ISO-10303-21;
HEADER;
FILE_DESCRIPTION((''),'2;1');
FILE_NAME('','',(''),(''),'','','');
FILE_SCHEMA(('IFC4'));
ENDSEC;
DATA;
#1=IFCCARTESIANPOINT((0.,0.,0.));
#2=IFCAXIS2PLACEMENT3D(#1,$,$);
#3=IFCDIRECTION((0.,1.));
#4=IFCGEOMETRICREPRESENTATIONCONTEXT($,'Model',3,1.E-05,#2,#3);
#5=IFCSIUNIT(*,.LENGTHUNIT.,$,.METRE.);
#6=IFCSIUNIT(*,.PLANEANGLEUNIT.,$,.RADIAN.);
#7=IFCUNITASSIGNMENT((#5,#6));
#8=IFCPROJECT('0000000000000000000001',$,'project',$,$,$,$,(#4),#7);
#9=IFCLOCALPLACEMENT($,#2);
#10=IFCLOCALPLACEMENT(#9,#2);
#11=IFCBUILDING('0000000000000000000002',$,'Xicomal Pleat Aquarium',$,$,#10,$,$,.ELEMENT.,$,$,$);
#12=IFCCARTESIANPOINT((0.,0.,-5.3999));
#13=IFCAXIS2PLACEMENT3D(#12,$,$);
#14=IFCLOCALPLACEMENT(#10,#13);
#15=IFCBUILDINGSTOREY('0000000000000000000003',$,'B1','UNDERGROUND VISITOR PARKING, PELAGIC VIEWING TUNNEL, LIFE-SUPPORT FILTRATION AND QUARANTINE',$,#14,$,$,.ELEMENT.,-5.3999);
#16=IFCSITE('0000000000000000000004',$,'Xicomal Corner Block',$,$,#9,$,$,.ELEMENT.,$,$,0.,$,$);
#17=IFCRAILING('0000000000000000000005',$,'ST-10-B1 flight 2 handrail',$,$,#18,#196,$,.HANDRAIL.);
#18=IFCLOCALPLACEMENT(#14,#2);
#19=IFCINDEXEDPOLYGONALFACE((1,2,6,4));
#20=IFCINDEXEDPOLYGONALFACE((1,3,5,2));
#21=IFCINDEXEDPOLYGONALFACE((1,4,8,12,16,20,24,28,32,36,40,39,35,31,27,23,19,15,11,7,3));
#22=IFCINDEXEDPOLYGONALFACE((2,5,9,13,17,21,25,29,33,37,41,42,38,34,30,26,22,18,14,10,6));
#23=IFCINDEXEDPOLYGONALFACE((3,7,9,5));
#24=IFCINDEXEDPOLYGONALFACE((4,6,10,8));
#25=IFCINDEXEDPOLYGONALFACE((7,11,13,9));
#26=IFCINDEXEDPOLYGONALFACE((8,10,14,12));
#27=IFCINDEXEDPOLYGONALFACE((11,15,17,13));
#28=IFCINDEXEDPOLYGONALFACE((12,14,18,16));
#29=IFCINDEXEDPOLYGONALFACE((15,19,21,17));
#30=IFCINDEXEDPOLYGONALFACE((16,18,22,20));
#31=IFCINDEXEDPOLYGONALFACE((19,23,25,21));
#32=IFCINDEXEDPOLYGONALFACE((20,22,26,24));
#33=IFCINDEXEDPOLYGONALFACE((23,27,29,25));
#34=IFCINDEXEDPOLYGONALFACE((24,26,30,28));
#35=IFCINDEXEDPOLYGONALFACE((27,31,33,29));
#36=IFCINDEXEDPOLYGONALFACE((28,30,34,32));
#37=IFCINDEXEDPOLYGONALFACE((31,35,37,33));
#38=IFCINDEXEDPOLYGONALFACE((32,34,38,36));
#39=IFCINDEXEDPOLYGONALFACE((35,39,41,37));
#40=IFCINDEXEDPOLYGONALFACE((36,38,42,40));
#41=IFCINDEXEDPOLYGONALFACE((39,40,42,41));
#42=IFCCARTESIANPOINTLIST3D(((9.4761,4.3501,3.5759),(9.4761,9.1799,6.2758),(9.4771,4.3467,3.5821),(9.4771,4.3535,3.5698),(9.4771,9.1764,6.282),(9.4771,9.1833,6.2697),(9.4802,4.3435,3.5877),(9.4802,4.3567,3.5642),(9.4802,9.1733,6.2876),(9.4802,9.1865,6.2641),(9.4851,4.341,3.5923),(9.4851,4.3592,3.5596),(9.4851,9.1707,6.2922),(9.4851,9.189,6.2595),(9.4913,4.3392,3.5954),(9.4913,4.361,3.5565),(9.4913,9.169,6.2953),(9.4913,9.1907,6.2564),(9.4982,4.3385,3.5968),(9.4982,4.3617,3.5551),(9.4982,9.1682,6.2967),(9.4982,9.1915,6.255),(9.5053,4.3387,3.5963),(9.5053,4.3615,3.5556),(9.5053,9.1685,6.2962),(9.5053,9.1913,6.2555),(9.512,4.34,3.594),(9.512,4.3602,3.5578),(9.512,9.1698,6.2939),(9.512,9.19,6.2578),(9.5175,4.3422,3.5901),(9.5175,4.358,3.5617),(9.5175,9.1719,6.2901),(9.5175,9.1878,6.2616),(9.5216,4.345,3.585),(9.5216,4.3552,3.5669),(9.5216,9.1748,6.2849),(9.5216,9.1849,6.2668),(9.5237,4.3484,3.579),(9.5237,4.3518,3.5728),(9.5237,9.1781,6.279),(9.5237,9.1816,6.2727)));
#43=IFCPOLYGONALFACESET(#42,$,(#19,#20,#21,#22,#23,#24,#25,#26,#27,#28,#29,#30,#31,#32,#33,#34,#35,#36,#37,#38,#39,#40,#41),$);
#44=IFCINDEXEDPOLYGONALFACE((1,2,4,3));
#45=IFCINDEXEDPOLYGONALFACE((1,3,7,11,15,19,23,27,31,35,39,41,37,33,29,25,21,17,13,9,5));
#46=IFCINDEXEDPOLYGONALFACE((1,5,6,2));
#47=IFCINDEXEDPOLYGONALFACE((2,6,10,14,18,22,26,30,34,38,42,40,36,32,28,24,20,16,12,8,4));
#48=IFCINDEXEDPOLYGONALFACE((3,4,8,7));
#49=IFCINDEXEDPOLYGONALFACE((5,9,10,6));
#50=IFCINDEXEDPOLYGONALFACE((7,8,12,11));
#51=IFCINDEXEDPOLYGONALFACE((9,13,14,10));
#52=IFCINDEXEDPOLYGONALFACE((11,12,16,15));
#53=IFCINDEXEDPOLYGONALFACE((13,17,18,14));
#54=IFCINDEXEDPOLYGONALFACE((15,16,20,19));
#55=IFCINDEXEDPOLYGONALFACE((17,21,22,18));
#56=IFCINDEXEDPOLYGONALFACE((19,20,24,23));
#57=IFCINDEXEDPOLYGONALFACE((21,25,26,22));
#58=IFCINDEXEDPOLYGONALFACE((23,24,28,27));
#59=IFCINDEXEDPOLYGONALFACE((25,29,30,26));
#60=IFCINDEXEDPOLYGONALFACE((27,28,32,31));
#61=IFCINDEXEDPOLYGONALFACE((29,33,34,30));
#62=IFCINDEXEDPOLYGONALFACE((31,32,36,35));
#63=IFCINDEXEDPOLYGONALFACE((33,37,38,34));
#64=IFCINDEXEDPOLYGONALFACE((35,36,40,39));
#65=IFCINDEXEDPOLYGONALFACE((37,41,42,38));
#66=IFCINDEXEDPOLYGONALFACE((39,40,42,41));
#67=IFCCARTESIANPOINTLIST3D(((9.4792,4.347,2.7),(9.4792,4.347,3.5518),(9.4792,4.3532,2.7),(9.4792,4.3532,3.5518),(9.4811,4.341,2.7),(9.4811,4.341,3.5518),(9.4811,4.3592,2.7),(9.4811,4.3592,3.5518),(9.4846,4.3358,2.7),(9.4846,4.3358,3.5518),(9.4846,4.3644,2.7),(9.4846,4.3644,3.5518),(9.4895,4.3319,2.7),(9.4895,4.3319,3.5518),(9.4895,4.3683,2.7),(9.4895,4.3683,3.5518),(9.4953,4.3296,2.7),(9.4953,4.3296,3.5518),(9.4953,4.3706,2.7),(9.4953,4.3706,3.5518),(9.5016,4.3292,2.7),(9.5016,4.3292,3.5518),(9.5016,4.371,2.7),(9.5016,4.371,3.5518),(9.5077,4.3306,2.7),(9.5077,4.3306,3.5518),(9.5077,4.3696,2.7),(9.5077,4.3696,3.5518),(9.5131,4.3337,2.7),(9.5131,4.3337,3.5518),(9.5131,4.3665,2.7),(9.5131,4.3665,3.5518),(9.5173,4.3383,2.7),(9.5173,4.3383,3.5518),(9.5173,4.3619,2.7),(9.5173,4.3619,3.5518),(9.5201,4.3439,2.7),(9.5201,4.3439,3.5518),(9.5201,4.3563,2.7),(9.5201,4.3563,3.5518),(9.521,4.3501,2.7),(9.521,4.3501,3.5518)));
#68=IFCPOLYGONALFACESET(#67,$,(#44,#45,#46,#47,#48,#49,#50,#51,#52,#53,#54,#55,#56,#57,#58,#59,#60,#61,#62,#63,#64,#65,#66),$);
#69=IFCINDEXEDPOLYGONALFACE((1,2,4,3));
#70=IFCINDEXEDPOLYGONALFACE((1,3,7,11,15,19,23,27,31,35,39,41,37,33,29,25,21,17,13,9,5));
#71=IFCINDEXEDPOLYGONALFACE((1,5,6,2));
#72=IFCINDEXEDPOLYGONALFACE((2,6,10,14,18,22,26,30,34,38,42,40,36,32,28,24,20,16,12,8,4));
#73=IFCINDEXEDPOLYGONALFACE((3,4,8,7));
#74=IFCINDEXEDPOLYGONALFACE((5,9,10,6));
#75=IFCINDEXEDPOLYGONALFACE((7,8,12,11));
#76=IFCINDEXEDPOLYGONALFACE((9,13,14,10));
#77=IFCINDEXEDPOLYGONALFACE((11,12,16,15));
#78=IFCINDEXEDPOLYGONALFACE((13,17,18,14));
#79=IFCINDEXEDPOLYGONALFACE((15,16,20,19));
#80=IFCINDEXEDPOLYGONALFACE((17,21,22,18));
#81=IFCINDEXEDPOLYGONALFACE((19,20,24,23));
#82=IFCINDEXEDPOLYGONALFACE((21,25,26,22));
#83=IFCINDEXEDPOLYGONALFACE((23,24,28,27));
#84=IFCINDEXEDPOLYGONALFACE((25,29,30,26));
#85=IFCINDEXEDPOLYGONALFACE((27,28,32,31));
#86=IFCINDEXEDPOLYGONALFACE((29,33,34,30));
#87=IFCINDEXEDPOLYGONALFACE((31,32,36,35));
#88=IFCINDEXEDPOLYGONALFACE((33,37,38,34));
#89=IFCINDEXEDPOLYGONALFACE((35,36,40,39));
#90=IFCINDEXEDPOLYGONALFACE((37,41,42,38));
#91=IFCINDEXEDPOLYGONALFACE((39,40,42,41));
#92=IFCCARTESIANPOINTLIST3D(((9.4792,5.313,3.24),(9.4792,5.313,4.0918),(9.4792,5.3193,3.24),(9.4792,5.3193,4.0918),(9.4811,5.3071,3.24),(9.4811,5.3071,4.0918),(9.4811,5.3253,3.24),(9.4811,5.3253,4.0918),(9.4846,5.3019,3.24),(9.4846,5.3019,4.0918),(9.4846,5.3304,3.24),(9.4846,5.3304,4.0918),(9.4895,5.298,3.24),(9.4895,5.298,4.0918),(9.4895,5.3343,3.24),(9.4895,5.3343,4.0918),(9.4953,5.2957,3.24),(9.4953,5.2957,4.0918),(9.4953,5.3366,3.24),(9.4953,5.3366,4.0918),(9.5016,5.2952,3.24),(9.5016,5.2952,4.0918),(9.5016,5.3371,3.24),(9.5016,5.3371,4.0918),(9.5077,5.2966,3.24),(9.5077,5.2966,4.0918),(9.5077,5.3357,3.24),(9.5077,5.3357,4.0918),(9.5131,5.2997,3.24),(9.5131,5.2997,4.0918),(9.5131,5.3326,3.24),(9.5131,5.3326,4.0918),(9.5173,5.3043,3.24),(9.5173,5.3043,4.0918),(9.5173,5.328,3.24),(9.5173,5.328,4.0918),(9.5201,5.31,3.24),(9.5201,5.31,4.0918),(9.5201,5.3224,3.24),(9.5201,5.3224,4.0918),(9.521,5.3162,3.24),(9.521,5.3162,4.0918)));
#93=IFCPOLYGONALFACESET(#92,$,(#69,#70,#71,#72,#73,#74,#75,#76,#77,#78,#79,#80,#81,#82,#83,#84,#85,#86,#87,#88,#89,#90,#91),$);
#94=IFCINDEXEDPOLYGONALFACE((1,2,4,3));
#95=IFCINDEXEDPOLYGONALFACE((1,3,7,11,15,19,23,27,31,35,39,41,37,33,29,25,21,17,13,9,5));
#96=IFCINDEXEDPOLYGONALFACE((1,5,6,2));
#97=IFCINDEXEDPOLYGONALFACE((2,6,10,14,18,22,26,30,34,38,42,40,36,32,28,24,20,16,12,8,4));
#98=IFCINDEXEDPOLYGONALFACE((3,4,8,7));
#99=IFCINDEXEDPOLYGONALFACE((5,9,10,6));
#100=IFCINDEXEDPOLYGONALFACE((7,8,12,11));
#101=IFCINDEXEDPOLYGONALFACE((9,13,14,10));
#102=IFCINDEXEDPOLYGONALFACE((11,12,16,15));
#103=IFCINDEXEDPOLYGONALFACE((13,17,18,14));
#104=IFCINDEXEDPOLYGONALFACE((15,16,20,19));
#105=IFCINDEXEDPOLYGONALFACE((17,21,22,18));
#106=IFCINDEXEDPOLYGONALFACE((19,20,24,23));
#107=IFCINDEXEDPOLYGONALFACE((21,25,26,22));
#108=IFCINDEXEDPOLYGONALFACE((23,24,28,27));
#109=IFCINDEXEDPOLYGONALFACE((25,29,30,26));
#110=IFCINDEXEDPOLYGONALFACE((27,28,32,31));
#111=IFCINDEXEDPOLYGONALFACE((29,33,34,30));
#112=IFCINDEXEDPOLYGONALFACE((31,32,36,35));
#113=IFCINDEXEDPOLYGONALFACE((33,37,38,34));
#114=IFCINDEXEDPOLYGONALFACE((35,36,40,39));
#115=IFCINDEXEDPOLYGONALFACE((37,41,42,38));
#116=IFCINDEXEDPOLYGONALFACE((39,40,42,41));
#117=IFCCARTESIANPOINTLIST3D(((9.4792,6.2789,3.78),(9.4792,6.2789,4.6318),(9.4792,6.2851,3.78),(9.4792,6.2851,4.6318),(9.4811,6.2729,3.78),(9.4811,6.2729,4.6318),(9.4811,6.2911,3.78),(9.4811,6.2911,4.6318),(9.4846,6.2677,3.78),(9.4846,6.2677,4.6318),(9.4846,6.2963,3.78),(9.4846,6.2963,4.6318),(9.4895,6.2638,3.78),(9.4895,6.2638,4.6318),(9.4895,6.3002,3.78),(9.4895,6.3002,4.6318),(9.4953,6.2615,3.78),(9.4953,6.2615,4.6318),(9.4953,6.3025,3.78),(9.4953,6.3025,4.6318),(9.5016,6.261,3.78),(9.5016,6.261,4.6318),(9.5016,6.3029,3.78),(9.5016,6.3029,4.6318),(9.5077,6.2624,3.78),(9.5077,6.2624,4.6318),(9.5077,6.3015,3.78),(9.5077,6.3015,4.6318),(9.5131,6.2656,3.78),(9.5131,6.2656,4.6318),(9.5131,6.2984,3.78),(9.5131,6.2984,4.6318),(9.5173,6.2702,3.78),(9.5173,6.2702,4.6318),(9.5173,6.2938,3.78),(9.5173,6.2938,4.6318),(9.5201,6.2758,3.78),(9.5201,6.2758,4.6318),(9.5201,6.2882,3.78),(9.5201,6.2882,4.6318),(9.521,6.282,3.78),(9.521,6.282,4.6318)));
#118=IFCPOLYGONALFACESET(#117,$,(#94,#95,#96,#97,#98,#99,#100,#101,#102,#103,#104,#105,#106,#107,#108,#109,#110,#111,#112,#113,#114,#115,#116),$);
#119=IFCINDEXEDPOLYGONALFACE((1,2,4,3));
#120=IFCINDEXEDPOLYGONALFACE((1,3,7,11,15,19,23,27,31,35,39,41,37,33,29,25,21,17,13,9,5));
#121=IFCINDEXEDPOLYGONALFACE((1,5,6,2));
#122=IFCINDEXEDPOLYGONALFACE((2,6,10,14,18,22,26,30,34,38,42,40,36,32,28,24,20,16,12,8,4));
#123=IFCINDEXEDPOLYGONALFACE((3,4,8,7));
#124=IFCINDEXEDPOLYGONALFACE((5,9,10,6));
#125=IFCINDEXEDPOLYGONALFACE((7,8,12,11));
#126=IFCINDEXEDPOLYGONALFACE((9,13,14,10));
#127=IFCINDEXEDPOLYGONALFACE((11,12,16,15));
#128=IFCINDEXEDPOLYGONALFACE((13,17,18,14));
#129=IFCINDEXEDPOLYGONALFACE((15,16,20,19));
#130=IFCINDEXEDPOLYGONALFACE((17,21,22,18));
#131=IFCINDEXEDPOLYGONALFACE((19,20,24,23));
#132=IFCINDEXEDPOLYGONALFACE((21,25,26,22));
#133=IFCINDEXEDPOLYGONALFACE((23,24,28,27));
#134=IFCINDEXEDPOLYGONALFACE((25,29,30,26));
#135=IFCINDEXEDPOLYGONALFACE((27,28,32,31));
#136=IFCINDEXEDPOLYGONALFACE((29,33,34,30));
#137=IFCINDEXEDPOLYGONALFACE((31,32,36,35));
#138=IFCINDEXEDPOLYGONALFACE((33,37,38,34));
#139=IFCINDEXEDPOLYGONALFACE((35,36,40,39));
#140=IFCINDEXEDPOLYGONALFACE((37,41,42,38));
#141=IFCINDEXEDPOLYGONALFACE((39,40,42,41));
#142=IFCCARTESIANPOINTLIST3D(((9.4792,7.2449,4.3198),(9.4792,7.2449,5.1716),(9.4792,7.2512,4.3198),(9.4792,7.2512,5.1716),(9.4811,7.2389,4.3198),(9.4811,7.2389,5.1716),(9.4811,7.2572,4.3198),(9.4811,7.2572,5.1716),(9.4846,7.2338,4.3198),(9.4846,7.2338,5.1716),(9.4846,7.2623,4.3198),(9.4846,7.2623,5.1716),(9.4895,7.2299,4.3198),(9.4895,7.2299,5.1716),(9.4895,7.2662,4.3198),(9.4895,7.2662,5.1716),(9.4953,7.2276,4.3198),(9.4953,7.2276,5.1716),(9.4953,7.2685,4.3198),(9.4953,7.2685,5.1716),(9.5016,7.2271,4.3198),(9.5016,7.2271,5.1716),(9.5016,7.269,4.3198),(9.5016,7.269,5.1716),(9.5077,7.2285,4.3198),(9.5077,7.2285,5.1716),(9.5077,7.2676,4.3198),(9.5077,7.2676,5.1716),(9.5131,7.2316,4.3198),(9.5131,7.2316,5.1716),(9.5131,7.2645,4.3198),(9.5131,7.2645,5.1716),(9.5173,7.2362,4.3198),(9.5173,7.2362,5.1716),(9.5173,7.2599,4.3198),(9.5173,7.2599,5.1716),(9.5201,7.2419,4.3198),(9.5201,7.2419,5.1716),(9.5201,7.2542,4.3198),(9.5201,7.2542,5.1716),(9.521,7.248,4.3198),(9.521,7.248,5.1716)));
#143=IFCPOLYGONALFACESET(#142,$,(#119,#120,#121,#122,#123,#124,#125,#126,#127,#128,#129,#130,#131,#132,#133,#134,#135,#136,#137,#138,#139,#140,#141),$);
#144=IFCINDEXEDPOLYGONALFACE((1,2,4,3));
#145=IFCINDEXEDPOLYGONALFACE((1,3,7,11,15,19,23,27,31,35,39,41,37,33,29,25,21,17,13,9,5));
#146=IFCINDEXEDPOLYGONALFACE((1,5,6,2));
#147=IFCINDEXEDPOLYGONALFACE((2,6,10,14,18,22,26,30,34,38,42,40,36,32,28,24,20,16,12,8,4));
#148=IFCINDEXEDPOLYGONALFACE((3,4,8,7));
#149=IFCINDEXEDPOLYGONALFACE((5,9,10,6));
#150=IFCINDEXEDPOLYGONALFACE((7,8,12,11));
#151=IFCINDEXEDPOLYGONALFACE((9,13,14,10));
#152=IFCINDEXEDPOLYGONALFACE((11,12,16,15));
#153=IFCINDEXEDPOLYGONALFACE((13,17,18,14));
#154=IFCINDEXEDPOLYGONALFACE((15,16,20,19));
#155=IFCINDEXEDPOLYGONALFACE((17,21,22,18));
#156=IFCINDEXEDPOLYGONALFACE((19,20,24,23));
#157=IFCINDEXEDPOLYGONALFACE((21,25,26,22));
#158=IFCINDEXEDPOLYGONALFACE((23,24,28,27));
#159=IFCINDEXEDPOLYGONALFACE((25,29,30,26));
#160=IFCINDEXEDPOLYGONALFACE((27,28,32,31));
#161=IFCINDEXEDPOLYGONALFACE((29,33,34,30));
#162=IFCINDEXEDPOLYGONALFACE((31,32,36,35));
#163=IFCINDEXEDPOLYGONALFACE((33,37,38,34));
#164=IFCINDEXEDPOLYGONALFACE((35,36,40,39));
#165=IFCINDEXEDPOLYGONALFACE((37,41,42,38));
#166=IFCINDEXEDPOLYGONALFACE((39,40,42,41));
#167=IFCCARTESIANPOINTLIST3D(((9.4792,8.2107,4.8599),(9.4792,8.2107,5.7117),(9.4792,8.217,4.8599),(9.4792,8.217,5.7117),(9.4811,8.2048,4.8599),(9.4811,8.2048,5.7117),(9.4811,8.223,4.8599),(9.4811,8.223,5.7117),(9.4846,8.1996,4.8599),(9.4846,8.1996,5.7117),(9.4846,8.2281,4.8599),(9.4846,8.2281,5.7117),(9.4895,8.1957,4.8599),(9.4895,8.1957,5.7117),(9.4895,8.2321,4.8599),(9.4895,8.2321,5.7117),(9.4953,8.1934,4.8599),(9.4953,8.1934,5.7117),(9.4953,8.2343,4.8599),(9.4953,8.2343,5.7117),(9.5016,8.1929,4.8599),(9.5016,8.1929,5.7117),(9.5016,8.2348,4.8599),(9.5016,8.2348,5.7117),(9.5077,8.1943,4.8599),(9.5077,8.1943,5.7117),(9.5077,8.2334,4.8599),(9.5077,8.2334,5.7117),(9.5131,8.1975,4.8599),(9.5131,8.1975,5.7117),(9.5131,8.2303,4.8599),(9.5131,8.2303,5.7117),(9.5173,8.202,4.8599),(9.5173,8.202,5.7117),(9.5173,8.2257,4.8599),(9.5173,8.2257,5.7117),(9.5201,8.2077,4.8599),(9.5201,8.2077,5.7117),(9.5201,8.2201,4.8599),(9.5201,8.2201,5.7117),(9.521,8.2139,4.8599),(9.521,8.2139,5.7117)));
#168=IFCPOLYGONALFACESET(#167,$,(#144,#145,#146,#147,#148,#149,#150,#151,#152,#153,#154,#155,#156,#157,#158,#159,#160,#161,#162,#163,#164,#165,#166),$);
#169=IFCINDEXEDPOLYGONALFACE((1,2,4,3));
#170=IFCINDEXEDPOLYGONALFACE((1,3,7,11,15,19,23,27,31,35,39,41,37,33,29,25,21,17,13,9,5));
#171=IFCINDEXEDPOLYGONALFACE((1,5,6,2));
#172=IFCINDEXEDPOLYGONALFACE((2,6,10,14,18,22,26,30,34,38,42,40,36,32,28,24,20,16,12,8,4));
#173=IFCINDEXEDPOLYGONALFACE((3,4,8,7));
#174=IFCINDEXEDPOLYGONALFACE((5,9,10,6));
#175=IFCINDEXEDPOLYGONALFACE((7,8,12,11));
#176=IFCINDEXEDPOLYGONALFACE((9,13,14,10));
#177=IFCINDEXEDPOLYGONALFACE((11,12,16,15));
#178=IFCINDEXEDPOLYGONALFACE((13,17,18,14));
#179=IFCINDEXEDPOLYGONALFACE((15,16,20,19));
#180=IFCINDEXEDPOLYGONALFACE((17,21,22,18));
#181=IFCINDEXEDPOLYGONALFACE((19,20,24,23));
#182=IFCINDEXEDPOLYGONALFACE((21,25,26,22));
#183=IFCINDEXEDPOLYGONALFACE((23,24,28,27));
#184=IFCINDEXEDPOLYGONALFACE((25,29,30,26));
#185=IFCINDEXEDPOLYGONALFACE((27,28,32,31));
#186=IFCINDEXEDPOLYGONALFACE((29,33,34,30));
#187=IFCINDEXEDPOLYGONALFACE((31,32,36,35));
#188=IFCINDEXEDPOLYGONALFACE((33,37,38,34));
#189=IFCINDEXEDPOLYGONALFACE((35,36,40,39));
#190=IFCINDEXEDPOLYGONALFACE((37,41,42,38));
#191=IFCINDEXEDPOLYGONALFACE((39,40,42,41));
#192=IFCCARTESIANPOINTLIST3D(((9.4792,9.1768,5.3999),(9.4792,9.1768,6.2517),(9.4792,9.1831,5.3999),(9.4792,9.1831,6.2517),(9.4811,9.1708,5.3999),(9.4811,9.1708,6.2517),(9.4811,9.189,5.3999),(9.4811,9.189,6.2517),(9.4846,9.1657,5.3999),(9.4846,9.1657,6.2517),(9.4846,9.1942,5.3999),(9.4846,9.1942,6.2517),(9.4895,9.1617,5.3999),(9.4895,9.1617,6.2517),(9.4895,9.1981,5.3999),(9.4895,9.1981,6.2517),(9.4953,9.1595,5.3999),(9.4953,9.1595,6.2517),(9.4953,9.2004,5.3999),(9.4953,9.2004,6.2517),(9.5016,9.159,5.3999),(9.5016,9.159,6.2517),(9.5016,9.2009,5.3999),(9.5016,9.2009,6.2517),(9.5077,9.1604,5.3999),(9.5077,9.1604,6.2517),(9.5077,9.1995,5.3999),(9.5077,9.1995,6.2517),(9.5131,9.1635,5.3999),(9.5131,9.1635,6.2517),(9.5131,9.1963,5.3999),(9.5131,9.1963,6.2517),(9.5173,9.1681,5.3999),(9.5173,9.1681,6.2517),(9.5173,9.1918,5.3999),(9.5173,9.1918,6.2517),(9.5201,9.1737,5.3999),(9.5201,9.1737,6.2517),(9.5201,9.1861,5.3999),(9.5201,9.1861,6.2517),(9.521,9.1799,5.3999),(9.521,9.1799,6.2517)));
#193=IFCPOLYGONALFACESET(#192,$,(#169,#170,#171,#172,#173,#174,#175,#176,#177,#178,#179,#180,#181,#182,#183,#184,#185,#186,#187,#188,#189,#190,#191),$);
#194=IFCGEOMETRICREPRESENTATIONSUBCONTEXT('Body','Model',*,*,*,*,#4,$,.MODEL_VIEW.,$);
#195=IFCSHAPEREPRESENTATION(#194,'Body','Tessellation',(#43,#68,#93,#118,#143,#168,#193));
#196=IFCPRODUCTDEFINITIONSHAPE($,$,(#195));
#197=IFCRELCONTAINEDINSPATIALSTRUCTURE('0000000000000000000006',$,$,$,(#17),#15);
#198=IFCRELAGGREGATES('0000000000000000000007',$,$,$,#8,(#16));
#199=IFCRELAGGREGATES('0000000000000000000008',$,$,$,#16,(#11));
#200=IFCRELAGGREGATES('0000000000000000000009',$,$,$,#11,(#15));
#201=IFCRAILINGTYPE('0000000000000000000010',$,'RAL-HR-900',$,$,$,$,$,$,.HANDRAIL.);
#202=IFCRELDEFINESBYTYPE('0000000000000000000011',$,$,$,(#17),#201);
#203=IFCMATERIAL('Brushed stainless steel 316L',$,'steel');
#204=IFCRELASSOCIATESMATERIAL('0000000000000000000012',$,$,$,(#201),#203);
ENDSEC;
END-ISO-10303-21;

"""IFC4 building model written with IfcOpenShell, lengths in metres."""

from ifc_helpers import new_model, si_unit, direction, frame, origin, origin_2d, place, context, subcontext, project, spatial, circle, extrude, material, type_object, element, save


model = new_model("IFC4")

# Units and contexts
model_context = context("Model", 3, precision=1e-05, world=origin(), true_north=direction((0.0, 1.0)))
body_context = subcontext(model_context, "Body", "Model", "MODEL_VIEW")
ifc_project = project(units=[si_unit("LENGTHUNIT", "METRE"), si_unit("PLANEANGLEUNIT", "RADIAN")], contexts=[model_context])

# Site, building, storey
site_placement = place(None, origin())
site = spatial("IfcSite", under=ifc_project, at=site_placement, Name="Xicomal Corner Block", CompositionType="ELEMENT", RefElevation=0.0)
building_placement = place(site_placement, origin())
building = spatial("IfcBuilding", under=site, at=building_placement, Name="Xicomal Pleat Aquarium", CompositionType="ELEMENT")
storey_placement = place(building_placement, frame((0.0, 0.0, -5.3999)))
storey = spatial("IfcBuildingStorey", under=building, at=storey_placement, Name="B1", Description="UNDERGROUND VISITOR PARKING, PELAGIC VIEWING TUNNEL, LIFE-SUPPORT FILTRATION AND QUARANTINE", CompositionType="ELEMENT", Elevation=-5.3999)

# Railing
ifc_material_1 = material(Name="Brushed stainless steel 316L", Category="steel")
railing_type = type_object("IfcRailingType", Name="RAL-HR-900", PredefinedType="HANDRAIL", material=ifc_material_1)
railing_placement = place(storey_placement, frame((9.5, 4.3501, 2.7)))
element("IfcRailing", 1, at=railing_placement, inside=storey, type_object=railing_type, Name="ST-10-B1 flight 2 handrail", PredefinedType="HANDRAIL", context=body_context, shape_type="SweptSolid", body=[
    extrude(circle(Radius=0.0239, at=origin_2d()), frame((0.0, 0.0, 0.876), z_axis=(0.0, 0.872872, 0.487949), x_axis=(-1.0, 0.0, 0.0)), (0.0, 0.0, 1.0), 5.5332),
    extrude(circle(Radius=0.021, at=origin_2d()), origin(), (0.0, 0.0, 1.0), 0.8518),
    extrude(circle(Radius=0.021, at=origin_2d()), frame((0.0, 0.9661, 0.54)), (0.0, 0.0, 1.0), 0.8518),
    extrude(circle(Radius=0.021, at=origin_2d()), frame((0.0, 1.9319, 1.0801)), (0.0, 0.0, 1.0), 0.8518),
    extrude(circle(Radius=0.021, at=origin_2d()), frame((0.0, 2.8979, 1.6199)), (0.0, 0.0, 1.0), 0.8518),
    extrude(circle(Radius=0.021, at=origin_2d()), frame((0.0, 3.8638, 2.1599)), (0.0, 0.0, 1.0), 0.8518),
    extrude(circle(Radius=0.021, at=origin_2d()), frame((0.0, 4.8298, 2.7)), (0.0, 0.0, 1.0), 0.8518),
])

save(model, "model.ifc")
